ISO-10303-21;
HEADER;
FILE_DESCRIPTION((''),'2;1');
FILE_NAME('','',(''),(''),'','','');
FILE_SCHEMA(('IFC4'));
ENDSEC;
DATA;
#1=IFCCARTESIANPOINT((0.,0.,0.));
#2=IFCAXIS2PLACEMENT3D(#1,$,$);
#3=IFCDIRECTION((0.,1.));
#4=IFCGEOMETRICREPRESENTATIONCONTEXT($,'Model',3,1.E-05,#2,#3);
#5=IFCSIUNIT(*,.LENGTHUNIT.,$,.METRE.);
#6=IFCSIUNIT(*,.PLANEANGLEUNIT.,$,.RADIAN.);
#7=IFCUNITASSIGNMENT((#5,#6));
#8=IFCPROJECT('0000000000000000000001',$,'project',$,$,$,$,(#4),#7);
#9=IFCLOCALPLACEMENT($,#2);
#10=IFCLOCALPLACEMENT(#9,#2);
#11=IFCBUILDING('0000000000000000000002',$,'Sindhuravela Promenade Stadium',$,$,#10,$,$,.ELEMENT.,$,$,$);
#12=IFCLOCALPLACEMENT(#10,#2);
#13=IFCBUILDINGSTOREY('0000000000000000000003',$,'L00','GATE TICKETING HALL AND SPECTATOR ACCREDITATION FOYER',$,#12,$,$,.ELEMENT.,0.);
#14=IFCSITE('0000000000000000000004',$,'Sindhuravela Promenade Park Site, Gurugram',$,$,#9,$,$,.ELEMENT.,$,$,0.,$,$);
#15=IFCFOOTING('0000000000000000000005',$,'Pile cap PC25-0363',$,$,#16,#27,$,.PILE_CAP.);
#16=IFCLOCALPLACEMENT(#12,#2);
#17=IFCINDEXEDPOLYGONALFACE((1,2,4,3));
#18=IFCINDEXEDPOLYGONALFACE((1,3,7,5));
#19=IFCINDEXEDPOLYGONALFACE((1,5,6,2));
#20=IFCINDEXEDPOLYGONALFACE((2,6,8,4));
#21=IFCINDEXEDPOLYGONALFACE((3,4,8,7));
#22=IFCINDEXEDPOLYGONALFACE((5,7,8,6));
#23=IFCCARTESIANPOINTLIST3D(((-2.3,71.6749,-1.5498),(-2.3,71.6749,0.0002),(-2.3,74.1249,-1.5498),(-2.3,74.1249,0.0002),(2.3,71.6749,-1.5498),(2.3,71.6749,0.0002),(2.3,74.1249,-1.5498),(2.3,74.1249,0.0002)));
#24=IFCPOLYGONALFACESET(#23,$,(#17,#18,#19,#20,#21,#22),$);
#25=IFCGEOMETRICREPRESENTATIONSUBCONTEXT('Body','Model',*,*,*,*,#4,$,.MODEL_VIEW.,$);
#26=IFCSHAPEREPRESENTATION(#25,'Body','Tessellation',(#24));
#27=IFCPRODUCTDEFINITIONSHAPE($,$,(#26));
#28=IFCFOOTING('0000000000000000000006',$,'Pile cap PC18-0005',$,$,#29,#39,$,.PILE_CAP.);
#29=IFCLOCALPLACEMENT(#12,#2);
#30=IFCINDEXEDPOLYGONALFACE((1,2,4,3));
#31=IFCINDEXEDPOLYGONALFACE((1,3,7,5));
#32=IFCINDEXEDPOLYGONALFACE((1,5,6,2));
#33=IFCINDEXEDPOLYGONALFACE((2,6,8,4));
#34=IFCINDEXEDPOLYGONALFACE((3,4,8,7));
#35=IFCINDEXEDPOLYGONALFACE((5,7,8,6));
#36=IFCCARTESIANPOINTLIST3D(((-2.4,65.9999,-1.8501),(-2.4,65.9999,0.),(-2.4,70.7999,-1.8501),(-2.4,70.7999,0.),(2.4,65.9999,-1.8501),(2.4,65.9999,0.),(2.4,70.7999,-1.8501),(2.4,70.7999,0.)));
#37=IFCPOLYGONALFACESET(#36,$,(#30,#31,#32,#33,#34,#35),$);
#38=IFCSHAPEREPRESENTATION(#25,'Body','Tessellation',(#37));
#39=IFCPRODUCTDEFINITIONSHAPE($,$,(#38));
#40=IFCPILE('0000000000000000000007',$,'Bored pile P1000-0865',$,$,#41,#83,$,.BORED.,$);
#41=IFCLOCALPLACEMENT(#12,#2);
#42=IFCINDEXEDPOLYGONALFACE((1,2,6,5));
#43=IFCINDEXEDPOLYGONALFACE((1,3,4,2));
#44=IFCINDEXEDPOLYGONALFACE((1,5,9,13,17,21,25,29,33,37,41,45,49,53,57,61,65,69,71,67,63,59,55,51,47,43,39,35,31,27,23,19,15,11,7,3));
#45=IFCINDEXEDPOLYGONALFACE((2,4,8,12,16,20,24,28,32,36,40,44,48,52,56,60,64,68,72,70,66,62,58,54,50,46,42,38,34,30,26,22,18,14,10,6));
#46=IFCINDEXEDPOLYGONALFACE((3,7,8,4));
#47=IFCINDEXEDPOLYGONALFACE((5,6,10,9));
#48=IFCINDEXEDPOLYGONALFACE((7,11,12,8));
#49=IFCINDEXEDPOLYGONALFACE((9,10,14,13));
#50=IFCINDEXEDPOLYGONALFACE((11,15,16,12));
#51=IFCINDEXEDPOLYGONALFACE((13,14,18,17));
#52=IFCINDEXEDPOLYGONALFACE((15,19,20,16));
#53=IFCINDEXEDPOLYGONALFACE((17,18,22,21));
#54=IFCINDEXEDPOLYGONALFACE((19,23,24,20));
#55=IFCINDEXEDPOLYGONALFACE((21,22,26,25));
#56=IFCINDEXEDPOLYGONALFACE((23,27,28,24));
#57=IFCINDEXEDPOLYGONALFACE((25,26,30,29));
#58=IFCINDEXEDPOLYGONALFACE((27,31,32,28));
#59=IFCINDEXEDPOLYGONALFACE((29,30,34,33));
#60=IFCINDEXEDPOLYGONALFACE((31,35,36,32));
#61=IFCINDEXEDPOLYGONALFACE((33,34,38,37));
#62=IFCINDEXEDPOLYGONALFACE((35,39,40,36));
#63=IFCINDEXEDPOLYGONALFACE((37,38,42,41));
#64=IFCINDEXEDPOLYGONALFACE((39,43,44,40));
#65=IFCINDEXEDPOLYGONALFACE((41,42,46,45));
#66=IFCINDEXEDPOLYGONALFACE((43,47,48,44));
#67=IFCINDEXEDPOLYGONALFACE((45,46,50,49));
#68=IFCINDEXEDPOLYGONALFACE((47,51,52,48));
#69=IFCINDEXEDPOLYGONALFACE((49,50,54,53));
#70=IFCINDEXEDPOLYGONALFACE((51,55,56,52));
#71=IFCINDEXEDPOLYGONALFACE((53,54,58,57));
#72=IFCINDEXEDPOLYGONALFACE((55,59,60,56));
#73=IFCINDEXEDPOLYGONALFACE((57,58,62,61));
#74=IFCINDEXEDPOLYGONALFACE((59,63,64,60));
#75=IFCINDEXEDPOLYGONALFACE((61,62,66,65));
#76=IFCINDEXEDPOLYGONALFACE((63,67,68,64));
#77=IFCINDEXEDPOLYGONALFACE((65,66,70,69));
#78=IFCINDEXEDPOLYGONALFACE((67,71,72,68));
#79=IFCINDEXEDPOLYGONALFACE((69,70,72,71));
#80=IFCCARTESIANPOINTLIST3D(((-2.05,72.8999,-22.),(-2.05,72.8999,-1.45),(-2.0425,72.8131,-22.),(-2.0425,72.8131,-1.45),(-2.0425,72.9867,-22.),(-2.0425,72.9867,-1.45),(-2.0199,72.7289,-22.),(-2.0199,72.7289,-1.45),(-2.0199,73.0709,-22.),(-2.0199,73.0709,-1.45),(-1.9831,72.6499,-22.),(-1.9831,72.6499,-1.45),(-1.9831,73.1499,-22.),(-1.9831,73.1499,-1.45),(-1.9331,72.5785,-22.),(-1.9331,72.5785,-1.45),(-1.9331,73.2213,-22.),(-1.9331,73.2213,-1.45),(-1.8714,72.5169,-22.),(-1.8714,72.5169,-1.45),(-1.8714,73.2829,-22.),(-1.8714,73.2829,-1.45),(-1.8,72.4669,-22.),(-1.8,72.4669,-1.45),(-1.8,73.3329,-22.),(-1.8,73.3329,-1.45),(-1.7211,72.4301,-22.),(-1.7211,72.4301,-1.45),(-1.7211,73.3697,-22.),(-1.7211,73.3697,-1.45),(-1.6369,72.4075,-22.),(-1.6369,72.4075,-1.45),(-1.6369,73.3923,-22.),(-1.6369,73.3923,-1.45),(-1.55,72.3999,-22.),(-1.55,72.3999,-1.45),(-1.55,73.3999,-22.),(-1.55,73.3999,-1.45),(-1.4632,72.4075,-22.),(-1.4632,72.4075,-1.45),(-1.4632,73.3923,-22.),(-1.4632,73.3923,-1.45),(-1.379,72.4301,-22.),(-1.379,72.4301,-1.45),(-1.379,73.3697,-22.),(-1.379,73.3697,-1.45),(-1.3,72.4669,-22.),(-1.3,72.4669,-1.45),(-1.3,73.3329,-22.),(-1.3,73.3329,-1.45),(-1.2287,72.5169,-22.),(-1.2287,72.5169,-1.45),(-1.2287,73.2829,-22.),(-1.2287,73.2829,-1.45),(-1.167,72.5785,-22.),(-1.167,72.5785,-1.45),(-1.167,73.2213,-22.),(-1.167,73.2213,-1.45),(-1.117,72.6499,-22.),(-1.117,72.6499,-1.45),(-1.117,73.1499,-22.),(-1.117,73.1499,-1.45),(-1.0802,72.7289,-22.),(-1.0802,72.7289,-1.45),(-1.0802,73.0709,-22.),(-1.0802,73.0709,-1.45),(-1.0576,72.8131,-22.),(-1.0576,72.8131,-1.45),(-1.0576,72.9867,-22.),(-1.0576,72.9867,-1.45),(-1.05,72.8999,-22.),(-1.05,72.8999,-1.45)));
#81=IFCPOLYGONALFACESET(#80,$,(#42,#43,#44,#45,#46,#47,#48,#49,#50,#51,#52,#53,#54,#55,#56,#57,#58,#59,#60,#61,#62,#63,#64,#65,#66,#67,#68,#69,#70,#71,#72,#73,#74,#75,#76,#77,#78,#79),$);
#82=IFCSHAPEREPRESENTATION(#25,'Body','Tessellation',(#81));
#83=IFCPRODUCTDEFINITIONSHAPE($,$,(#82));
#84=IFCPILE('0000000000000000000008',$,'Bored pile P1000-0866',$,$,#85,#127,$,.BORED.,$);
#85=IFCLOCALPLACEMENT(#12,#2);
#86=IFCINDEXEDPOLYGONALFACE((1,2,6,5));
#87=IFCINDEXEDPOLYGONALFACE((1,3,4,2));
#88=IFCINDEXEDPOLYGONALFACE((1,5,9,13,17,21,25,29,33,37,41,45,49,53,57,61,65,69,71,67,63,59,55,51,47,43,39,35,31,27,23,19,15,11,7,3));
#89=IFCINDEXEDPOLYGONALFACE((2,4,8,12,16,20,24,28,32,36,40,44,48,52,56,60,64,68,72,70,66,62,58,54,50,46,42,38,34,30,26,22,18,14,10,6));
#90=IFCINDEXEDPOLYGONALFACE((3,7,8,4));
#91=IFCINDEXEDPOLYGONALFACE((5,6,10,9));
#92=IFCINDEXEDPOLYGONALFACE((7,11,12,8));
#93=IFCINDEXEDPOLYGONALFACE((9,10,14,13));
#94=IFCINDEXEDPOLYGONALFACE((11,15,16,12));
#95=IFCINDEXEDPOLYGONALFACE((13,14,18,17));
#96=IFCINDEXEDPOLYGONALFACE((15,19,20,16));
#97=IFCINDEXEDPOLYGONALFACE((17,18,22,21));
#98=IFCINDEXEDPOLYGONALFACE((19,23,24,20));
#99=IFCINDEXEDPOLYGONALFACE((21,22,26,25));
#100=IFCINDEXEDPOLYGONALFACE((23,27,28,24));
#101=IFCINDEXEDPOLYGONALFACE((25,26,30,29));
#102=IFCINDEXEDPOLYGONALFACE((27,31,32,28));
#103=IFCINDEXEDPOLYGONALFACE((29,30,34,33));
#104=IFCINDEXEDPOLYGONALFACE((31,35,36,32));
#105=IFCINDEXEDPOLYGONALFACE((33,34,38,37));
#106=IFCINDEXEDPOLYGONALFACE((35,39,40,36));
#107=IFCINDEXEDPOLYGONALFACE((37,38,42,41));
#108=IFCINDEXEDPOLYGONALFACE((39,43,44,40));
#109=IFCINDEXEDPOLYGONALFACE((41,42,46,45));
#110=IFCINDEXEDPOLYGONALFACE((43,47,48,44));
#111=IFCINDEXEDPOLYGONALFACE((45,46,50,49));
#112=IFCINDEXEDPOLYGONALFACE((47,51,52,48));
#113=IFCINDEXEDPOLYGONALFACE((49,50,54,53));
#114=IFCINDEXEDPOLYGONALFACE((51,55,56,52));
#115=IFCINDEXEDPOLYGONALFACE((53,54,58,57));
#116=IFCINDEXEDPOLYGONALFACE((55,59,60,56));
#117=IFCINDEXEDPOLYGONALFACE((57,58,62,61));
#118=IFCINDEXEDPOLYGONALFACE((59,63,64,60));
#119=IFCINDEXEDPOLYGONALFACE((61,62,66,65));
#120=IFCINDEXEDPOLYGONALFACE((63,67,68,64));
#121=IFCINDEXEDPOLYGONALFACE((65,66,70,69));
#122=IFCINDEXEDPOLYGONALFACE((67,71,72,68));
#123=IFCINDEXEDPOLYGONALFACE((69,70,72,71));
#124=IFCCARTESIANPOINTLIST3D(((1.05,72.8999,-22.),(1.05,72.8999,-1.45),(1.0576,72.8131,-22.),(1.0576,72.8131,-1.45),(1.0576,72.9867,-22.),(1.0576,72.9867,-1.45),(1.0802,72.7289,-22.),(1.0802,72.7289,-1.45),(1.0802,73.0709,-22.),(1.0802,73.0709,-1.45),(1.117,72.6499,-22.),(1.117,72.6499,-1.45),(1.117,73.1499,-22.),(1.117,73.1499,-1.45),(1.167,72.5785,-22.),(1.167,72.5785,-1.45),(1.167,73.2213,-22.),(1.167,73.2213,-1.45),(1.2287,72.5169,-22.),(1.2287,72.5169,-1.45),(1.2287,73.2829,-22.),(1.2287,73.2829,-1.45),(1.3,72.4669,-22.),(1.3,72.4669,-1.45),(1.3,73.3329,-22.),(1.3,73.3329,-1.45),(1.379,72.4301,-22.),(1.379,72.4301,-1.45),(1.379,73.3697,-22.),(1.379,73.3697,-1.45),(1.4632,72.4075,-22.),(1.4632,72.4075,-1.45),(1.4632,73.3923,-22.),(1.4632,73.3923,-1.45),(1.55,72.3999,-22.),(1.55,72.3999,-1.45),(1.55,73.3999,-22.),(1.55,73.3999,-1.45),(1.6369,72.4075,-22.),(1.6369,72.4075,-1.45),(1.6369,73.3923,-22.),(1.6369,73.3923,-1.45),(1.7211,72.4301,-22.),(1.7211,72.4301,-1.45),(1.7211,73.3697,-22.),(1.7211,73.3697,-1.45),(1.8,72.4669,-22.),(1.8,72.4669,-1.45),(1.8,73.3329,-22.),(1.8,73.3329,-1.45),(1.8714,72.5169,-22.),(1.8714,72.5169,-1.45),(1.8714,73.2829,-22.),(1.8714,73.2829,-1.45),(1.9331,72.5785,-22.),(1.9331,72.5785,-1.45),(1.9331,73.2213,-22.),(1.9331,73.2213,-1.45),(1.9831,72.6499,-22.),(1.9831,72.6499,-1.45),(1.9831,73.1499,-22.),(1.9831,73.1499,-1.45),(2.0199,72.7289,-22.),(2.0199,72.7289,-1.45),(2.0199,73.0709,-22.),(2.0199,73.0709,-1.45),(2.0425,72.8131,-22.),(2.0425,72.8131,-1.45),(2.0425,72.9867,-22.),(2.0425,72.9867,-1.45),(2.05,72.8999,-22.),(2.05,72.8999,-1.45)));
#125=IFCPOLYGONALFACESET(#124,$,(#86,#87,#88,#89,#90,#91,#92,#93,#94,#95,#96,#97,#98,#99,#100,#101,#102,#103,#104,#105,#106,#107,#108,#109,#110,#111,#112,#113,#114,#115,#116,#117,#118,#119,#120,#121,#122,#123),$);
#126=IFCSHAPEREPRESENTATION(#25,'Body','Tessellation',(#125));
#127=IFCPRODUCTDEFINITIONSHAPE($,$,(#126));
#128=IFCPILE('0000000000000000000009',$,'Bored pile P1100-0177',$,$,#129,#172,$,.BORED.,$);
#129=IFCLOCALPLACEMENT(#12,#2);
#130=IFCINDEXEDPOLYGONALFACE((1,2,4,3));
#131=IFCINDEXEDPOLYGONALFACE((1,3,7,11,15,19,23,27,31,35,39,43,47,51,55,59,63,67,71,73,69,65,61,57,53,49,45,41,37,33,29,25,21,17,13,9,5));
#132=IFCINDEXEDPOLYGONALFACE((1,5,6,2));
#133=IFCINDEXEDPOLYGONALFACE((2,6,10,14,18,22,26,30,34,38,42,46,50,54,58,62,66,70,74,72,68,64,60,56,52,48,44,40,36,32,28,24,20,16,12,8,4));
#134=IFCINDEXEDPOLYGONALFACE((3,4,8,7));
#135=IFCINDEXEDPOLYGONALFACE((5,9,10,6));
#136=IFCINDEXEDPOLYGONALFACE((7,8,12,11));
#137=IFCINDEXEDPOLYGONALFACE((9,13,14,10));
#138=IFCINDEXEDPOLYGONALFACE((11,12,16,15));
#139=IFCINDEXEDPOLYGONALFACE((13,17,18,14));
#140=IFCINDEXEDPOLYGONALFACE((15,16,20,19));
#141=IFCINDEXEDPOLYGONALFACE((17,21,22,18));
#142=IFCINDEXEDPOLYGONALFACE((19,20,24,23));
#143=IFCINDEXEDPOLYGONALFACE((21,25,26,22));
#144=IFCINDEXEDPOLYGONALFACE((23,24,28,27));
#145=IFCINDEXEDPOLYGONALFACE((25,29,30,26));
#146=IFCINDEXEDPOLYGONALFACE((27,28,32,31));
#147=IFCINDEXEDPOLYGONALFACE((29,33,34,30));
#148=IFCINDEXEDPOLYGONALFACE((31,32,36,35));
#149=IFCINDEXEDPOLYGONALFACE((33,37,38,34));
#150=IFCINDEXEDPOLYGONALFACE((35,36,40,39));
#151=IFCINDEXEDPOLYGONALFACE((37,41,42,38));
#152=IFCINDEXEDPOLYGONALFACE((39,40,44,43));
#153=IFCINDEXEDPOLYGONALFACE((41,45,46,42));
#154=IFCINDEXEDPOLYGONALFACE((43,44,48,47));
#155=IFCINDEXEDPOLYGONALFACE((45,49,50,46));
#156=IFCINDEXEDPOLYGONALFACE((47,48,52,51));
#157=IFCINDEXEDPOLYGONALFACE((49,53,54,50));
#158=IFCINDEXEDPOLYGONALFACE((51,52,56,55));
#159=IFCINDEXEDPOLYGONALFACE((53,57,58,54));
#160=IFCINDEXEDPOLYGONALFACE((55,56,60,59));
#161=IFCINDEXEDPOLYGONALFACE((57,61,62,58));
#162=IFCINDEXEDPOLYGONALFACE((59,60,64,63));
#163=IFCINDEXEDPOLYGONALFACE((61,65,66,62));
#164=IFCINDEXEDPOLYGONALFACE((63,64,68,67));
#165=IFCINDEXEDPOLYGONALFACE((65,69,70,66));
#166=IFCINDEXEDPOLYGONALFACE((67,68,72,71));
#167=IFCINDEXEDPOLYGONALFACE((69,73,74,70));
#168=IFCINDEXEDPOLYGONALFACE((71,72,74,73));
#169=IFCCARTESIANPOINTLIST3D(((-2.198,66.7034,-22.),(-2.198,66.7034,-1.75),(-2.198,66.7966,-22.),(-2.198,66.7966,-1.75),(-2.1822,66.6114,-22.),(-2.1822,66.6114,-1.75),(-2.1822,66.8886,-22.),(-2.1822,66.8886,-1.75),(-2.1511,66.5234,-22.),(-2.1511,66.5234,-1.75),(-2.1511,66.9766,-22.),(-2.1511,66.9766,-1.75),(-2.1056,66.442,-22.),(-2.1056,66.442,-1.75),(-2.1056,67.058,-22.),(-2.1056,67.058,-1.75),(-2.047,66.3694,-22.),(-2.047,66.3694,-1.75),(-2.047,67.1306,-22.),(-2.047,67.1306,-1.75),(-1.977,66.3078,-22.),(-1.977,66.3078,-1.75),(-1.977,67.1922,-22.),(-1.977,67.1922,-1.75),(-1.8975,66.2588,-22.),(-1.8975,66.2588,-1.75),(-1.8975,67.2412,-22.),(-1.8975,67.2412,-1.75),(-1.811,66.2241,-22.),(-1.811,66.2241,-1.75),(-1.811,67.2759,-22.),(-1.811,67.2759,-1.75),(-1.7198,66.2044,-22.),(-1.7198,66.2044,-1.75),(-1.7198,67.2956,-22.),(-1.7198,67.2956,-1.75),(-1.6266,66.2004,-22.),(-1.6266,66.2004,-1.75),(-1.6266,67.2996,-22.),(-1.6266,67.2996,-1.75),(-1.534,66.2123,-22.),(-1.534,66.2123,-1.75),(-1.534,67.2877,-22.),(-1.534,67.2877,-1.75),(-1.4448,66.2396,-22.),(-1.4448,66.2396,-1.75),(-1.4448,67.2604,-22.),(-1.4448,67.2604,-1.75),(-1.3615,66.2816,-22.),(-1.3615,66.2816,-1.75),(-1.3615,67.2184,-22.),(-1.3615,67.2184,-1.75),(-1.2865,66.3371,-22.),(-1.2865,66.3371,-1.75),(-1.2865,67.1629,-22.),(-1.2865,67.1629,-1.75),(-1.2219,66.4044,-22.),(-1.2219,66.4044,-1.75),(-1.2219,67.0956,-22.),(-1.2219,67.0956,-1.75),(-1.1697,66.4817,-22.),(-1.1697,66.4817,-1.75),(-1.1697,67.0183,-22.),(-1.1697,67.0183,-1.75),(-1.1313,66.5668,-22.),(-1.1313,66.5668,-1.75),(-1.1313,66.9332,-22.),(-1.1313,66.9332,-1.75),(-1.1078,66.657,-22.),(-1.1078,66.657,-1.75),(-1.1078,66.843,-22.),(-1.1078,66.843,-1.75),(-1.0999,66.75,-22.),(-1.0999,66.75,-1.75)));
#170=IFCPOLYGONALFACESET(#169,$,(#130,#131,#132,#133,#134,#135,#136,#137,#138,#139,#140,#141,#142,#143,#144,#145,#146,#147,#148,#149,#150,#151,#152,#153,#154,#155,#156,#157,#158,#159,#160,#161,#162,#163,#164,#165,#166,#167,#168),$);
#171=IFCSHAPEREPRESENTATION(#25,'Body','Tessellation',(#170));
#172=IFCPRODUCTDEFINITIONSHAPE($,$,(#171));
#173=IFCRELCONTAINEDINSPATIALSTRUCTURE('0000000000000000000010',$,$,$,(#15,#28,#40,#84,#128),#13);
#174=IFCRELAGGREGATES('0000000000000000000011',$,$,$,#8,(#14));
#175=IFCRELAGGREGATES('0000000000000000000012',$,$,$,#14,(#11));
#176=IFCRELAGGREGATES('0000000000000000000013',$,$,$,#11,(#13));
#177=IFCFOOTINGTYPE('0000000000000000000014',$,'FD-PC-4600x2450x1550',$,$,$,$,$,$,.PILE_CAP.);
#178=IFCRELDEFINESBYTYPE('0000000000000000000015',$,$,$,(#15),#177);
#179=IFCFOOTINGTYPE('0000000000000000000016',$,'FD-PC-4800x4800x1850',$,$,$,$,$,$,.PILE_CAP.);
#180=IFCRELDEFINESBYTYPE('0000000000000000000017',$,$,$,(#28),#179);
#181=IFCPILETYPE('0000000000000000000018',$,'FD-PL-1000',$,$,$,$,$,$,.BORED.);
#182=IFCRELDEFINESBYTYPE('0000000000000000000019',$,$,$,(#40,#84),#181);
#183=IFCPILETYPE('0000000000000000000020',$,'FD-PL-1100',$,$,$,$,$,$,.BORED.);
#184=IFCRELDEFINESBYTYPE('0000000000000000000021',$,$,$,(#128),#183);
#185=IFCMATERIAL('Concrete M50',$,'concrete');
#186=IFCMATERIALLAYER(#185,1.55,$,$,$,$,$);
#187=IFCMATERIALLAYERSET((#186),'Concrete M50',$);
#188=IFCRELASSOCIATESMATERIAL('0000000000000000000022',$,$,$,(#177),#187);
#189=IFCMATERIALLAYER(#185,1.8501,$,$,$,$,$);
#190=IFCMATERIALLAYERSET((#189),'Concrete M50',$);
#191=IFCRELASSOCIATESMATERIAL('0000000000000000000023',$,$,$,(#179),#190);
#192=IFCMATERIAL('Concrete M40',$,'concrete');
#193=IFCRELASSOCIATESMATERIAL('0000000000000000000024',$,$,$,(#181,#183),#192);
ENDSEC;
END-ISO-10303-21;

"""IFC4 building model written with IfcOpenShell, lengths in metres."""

from ifc_helpers import new_model, si_unit, direction, frame, origin, origin_2d, place, context, subcontext, project, spatial, rectangle, circle, extrude, material, layer, layer_set, material_profile, profile_set, type_object, element, save


model = new_model("IFC4")

# Units and contexts
model_context = context("Model", 3, precision=1e-05, world=origin(), true_north=direction((0.0, 1.0)))
body_context = subcontext(model_context, "Body", "Model", "MODEL_VIEW")
ifc_project = project(units=[si_unit("LENGTHUNIT", "METRE"), si_unit("PLANEANGLEUNIT", "RADIAN")], contexts=[model_context])

# Site, building, storey
site_placement = place(None, origin())
site = spatial("IfcSite", under=ifc_project, at=site_placement, Name="Sindhuravela Promenade Park Site, Gurugram", CompositionType="ELEMENT", RefElevation=0.0)
building_placement = place(site_placement, origin())
building = spatial("IfcBuilding", under=site, at=building_placement, Name="Sindhuravela Promenade Stadium", CompositionType="ELEMENT")
storey_placement = place(building_placement, origin())
storey = spatial("IfcBuildingStorey", under=building, at=storey_placement, Name="L00", Description="GATE TICKETING HALL AND SPECTATOR ACCREDITATION FOYER", CompositionType="ELEMENT", Elevation=0.0)

# Footings
ifc_material_1 = material(Name="Concrete M50", Category="concrete")
ifc_layer_1 = layer(ifc_material_1, 1.55)
ifc_layer_set_1 = layer_set([ifc_layer_1], Name="Concrete M50")
footing_type_1 = type_object("IfcFootingType", Name="FD-PC-4600x2450x1550", PredefinedType="PILE_CAP", material=ifc_layer_set_1)
footing_1_placement = place(storey_placement, frame((0.0, 72.8999, -1.5498), z_axis=(0.0, 0.0, 1.0), x_axis=(1.0, 0.0, 0.0)))
element("IfcFooting", 1, at=footing_1_placement, inside=storey, type_object=footing_type_1, Name="Pile cap PC25-0363", PredefinedType="PILE_CAP", context=body_context, shape_type="SweptSolid", body=[
    extrude(rectangle(XDim=4.6001, YDim=2.45, at=origin_2d()), origin(), (0.0, 0.0, 1.0), 1.55),
])
ifc_layer_2 = layer(ifc_material_1, 1.8501)
ifc_layer_set_2 = layer_set([ifc_layer_2], Name="Concrete M50")
footing_type_2 = type_object("IfcFootingType", Name="FD-PC-4800x4800x1850", PredefinedType="PILE_CAP", material=ifc_layer_set_2)
footing_2_placement = place(storey_placement, frame((0.0, 68.3999, -1.8501), z_axis=(0.0, 0.0, 1.0), x_axis=(1.0, 0.0, 0.0)))
element("IfcFooting", 2, at=footing_2_placement, inside=storey, type_object=footing_type_2, Name="Pile cap PC18-0005", PredefinedType="PILE_CAP", context=body_context, shape_type="SweptSolid", body=[
    extrude(rectangle(XDim=4.8, YDim=4.8, at=origin_2d()), origin(), (0.0, 0.0, 1.0), 1.8501),
])

# Piles
ifc_material_2 = material(Name="Concrete M40", Category="concrete")
ifc_material_profile_1 = material_profile(ifc_material_2, circle(Radius=0.5, at=origin_2d()), Name="BORED PILE D1000")
ifc_profile_set_1 = profile_set([ifc_material_profile_1], Name="Concrete M40")
pile_type_1 = type_object("IfcPileType", Name="FD-PL-1000", PredefinedType="BORED", material=ifc_profile_set_1)
for number, where, z_axis, x_axis, name in (
    (3, (-1.55, 72.8999, -1.45), (0.0, 0.0, -1.0), (1.0, 0.0, 0.0), "Bored pile P1000-0865"),
    (4, (1.55, 72.8999, -1.45), (0.0, 0.0, -1.0), (1.0, 0.0, 0.0), "Bored pile P1000-0866"),
):
    element("IfcPile", number, at=place(storey_placement, frame(where, z_axis=z_axis, x_axis=x_axis)), inside=storey, type_object=pile_type_1, Name=name, PredefinedType="BORED", context=body_context, shape_type="SweptSolid", body=[
        extrude(circle(Radius=0.5, at=origin_2d()), origin(), (0.0, 0.0, 1.0), 20.55),
    ])
ifc_material_profile_2 = material_profile(ifc_material_2, circle(Radius=0.55, at=origin_2d()), Name="BORED PILE D1100")
ifc_profile_set_2 = profile_set([ifc_material_profile_2], Name="Concrete M40")
pile_type_2 = type_object("IfcPileType", Name="FD-PL-1100", PredefinedType="BORED", material=ifc_profile_set_2)
for number, where, z_axis, x_axis, name in (
    (5, (-1.6499, 66.75, -1.75), (0.0, 0.0, -1.0), (1.0, 0.0, 0.0), "Bored pile P1100-0177"),
):
    element("IfcPile", number, at=place(storey_placement, frame(where, z_axis=z_axis, x_axis=x_axis)), inside=storey, type_object=pile_type_2, Name=name, PredefinedType="BORED", context=body_context, shape_type="SweptSolid", body=[
        extrude(circle(Radius=0.55, at=origin_2d()), origin(), (0.0, 0.0, 1.0), 20.25),
    ])

save(model, "model.ifc")
